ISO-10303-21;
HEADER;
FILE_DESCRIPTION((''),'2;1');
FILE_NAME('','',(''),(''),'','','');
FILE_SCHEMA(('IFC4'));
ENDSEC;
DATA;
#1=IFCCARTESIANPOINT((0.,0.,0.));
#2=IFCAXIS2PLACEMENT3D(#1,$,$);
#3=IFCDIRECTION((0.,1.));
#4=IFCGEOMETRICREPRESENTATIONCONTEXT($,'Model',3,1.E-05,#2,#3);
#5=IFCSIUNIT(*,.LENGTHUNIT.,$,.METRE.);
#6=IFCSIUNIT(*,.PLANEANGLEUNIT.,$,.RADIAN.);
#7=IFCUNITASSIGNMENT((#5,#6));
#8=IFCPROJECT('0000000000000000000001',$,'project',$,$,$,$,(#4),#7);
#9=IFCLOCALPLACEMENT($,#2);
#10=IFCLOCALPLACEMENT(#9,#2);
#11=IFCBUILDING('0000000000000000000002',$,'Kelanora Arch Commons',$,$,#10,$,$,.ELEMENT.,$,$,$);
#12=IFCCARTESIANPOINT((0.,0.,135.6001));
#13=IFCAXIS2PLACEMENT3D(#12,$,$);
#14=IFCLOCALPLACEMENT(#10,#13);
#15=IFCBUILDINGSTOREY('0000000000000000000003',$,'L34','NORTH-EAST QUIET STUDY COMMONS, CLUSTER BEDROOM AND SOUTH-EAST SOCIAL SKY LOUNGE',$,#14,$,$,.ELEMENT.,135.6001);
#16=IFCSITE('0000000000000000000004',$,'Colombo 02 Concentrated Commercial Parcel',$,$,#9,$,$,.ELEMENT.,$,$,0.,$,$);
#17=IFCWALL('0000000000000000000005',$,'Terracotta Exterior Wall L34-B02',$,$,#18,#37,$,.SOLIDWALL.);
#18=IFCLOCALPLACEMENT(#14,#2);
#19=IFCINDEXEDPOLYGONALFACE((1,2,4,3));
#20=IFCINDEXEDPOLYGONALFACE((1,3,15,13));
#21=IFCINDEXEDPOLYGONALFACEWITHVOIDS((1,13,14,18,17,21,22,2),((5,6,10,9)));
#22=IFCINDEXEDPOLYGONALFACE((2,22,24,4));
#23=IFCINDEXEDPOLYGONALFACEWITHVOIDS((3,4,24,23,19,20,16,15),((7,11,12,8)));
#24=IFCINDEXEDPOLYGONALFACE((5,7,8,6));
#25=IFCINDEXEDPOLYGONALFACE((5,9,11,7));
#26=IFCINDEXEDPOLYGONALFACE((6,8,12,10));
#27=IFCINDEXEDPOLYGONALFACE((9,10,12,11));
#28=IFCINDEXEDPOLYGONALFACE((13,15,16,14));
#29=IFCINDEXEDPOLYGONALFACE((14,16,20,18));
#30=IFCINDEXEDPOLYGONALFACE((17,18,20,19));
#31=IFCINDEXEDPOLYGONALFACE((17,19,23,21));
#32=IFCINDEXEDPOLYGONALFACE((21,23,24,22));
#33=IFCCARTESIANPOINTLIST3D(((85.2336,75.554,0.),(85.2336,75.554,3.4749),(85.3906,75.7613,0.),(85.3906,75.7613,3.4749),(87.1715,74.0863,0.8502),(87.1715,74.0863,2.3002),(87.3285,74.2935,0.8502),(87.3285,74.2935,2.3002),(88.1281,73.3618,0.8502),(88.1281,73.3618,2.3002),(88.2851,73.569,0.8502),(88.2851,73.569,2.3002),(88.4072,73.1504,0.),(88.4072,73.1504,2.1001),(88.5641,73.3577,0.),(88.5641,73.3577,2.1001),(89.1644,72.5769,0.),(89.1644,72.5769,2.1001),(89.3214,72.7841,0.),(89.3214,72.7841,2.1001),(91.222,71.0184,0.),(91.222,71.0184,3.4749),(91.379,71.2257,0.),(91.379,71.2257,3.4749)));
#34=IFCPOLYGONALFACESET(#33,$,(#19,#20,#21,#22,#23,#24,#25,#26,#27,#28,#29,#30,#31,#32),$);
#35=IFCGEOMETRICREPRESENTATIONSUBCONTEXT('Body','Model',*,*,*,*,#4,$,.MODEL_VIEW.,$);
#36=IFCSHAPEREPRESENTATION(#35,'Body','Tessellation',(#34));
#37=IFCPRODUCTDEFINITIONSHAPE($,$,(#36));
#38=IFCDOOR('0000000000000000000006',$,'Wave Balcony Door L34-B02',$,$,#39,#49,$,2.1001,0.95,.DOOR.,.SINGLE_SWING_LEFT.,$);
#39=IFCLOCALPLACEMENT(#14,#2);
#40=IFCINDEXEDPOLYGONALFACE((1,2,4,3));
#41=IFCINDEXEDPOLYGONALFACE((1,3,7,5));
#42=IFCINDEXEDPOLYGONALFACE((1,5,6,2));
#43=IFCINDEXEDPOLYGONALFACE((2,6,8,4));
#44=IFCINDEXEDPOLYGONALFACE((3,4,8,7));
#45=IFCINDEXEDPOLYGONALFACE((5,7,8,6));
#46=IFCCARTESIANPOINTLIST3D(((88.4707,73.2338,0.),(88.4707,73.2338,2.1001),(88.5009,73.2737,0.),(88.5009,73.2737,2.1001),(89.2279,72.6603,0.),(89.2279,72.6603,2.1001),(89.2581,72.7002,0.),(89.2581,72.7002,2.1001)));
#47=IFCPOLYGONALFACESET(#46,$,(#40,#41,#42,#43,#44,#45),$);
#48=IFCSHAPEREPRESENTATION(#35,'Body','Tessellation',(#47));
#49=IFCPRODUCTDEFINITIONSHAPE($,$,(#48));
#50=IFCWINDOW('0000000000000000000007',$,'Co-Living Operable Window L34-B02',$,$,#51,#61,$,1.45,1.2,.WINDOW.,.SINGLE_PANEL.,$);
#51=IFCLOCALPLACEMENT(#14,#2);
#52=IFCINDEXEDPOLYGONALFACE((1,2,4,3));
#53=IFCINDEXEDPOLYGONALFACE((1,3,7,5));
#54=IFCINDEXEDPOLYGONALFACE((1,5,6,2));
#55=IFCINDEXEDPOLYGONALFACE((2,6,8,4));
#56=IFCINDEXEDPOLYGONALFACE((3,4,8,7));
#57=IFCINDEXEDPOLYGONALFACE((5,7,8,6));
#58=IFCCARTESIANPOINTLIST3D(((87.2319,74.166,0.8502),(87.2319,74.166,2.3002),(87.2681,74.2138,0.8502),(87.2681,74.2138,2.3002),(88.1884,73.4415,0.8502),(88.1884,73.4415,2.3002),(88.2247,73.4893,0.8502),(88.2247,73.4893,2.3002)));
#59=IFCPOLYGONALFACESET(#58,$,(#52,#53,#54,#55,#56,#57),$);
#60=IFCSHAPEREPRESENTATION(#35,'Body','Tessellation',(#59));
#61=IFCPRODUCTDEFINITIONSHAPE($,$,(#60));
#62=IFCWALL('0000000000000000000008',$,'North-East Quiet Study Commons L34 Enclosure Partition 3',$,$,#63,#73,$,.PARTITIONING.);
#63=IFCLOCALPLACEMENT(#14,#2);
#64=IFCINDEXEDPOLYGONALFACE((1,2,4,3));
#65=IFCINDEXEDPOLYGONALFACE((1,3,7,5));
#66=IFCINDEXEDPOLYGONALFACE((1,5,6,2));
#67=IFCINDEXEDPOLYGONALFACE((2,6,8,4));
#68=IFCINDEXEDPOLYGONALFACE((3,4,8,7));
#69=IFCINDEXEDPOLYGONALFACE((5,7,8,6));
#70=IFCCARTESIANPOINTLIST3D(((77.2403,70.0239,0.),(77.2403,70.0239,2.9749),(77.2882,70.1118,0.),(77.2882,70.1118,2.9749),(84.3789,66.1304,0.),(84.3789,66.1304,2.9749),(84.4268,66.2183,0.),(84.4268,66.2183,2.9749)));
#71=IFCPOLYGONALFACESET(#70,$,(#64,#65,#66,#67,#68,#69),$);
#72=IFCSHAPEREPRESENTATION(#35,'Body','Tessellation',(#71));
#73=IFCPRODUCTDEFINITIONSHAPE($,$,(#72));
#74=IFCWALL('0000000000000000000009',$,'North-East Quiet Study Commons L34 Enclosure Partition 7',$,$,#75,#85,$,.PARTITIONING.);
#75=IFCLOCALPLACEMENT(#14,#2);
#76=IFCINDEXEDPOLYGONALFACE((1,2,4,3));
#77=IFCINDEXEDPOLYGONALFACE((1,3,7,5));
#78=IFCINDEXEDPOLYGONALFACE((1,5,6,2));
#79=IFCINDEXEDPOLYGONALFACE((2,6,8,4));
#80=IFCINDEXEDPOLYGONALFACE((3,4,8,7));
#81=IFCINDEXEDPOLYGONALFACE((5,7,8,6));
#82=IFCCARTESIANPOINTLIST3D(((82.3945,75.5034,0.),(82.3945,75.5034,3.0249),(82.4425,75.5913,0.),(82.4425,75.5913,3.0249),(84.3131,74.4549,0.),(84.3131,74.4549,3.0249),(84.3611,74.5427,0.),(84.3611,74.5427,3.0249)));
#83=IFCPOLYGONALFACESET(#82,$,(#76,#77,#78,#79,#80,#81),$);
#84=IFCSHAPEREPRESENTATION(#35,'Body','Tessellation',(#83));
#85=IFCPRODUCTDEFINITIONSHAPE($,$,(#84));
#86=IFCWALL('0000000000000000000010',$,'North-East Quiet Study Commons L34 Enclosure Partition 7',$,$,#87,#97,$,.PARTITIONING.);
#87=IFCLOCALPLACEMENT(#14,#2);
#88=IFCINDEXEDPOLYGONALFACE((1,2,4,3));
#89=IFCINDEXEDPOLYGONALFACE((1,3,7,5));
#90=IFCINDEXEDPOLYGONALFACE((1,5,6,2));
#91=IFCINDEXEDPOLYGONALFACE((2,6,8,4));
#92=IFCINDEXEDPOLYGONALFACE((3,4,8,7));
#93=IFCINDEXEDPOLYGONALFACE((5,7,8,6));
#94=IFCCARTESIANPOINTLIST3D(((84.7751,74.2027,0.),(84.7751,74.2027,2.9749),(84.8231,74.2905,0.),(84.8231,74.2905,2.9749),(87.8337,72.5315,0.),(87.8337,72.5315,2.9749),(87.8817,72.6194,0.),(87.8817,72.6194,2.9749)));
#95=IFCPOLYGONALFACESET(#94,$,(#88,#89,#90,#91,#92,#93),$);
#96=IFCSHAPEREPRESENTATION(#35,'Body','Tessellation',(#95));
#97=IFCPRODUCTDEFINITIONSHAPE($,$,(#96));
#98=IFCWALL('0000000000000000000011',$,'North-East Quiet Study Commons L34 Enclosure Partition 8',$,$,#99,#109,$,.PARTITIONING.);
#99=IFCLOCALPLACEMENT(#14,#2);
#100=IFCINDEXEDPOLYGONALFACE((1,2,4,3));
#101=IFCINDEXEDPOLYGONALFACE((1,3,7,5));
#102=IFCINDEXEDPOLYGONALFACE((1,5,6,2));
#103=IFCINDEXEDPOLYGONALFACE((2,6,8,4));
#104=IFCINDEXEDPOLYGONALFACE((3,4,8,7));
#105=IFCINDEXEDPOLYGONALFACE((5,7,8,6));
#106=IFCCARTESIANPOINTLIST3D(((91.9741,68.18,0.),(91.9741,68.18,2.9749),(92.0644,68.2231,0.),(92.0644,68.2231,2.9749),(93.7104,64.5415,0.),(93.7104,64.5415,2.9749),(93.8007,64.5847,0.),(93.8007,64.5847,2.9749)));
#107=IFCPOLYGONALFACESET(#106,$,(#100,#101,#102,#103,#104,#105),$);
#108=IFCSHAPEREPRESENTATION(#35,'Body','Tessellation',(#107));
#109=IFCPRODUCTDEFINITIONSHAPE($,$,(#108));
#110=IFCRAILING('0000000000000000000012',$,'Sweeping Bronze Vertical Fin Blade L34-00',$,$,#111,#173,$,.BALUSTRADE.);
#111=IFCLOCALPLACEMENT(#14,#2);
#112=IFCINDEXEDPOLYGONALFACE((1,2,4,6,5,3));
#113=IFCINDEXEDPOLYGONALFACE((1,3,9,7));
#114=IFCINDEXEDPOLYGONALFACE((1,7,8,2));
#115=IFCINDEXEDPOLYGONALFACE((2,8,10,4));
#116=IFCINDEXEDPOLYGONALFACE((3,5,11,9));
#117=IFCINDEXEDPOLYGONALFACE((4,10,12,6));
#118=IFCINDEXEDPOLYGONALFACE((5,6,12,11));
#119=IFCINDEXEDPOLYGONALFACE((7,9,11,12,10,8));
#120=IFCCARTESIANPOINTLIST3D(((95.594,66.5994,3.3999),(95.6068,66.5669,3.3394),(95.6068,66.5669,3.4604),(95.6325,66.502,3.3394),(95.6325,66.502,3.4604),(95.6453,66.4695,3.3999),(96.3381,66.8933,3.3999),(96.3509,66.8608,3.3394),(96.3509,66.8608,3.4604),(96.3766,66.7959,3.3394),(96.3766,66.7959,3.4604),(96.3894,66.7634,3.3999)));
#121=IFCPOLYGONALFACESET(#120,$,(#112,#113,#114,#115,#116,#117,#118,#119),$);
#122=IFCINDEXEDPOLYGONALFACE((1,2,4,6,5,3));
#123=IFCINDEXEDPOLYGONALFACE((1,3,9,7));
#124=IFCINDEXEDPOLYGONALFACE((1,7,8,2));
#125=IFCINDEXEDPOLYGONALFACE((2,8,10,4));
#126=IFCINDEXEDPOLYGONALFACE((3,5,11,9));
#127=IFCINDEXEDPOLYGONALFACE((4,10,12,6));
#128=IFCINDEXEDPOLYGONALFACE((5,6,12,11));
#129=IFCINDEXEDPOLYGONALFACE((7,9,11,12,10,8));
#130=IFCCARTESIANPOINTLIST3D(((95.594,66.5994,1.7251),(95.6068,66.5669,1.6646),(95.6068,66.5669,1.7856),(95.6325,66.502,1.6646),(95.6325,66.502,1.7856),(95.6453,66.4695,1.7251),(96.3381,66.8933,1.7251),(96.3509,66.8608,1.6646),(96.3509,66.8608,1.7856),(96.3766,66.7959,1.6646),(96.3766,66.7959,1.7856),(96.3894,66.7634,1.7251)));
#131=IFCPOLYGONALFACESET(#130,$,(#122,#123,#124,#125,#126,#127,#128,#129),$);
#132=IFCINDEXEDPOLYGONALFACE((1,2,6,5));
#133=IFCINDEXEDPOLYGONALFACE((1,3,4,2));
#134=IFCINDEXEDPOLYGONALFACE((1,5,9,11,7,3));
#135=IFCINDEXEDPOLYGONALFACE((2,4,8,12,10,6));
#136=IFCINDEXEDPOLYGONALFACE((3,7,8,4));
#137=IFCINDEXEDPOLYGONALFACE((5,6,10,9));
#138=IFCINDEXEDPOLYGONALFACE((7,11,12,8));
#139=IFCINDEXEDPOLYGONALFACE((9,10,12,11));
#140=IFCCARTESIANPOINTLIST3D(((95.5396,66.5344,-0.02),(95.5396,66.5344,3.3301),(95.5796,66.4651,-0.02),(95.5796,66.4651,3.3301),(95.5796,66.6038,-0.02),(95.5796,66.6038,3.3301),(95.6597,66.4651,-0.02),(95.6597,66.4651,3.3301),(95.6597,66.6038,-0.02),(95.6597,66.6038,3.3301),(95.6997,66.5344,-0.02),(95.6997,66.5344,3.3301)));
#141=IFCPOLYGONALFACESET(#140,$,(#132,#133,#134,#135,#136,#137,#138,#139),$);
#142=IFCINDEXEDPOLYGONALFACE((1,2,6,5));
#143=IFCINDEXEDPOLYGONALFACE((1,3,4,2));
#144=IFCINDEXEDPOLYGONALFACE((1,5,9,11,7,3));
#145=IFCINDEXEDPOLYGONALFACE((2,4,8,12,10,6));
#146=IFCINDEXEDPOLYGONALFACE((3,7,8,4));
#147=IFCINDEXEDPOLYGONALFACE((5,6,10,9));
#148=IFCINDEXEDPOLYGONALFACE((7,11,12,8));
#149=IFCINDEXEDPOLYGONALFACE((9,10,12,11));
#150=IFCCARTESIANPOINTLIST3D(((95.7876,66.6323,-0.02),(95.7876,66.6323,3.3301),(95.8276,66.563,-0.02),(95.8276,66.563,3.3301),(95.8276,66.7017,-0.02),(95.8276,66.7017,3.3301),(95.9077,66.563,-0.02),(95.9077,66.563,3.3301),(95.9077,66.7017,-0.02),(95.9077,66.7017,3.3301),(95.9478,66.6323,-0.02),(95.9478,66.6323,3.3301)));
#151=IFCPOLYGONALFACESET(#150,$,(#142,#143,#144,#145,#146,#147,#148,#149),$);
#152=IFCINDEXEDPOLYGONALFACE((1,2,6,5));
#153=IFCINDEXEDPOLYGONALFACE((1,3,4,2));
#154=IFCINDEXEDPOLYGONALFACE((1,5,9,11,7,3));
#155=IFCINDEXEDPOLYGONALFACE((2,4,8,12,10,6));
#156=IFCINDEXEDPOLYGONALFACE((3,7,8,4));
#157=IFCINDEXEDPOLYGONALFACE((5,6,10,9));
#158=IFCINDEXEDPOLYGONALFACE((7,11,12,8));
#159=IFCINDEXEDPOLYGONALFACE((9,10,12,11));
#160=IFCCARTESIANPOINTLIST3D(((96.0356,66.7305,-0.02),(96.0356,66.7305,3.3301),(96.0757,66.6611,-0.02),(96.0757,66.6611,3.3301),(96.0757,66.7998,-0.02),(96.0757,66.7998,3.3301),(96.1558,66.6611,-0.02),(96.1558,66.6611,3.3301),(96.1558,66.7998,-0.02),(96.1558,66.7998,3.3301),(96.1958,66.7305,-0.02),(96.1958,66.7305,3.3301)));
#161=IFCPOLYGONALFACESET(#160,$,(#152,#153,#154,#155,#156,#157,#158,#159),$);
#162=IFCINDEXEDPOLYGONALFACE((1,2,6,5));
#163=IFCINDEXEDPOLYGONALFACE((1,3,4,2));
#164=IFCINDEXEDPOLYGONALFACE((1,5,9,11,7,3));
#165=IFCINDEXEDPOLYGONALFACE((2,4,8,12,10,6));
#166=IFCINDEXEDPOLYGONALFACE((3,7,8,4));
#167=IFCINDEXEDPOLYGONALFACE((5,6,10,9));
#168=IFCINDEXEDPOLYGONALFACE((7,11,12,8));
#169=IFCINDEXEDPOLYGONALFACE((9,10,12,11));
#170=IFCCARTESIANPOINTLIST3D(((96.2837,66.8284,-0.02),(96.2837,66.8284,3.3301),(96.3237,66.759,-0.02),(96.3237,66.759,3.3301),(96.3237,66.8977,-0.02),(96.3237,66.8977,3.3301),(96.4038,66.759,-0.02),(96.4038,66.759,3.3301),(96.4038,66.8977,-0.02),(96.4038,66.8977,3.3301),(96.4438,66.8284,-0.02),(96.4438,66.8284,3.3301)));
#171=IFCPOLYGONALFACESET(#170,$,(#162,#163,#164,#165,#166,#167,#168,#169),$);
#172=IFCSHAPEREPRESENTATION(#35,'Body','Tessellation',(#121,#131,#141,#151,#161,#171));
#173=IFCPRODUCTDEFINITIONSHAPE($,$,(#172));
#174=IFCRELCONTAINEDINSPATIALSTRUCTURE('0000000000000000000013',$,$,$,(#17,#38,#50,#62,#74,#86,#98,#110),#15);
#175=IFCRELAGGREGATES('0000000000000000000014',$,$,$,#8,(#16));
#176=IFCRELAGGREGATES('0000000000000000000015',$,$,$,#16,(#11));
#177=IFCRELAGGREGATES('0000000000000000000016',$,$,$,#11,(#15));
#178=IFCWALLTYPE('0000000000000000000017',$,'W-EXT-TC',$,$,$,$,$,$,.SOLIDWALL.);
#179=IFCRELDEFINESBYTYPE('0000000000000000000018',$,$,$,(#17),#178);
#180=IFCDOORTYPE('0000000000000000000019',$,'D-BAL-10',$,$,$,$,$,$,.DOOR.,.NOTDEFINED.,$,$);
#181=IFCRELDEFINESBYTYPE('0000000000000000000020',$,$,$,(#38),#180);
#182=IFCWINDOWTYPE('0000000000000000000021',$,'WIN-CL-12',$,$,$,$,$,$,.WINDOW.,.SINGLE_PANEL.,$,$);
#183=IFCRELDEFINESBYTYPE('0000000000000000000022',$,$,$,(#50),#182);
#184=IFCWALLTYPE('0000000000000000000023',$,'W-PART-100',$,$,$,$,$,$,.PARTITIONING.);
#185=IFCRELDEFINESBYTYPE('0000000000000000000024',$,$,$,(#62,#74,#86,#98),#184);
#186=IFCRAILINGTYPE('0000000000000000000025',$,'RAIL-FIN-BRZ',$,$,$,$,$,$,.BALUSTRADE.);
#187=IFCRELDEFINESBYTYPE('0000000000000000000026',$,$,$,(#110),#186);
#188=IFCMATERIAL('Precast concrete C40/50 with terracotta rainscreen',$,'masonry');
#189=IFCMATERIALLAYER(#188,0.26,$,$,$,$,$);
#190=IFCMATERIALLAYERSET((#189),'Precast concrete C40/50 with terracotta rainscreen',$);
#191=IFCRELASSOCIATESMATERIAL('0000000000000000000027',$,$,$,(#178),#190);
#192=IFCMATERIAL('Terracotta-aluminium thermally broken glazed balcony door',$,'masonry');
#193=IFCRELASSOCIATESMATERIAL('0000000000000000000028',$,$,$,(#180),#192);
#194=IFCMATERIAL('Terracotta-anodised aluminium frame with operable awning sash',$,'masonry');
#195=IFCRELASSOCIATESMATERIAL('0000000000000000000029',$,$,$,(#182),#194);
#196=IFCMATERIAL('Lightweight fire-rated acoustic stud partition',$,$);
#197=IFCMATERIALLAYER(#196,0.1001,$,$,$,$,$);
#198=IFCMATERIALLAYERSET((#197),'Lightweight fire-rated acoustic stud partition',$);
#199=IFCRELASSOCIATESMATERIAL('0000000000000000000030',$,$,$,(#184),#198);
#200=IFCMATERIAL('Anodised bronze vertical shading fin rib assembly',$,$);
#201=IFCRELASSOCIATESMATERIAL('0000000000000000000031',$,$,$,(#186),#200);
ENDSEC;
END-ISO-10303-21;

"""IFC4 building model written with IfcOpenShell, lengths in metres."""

from ifc_helpers import new_model, si_unit, direction, frame, frame_2d, origin, place, context, subcontext, project, spatial, polyline, rectangle, outline, extrude, material, layer, layer_set, type_object, element, fill, save


model = new_model("IFC4")

# Units and contexts
model_context = context("Model", 3, precision=1e-05, world=origin(), true_north=direction((0.0, 1.0)))
body_context = subcontext(model_context, "Body", "Model", "MODEL_VIEW")
ifc_project = project(units=[si_unit("LENGTHUNIT", "METRE"), si_unit("PLANEANGLEUNIT", "RADIAN")], contexts=[model_context])

# Site, building, storey
site_placement = place(None, origin())
site = spatial("IfcSite", under=ifc_project, at=site_placement, Name="Colombo 02 Concentrated Commercial Parcel", CompositionType="ELEMENT", RefElevation=0.0)
building_placement = place(site_placement, origin())
building = spatial("IfcBuilding", under=site, at=building_placement, Name="Kelanora Arch Commons", CompositionType="ELEMENT")
storey_placement = place(building_placement, frame((0.0, 0.0, 135.6001)))
storey = spatial("IfcBuildingStorey", under=building, at=storey_placement, Name="L34", Description="NORTH-EAST QUIET STUDY COMMONS, CLUSTER BEDROOM AND SOUTH-EAST SOCIAL SKY LOUNGE", CompositionType="ELEMENT", Elevation=135.6001)

# Wall, openings, door, window
ifc_material_1 = material(Name="Precast concrete C40/50 with terracotta rainscreen", Category="masonry")
ifc_layer_1 = layer(ifc_material_1, 0.26)
ifc_layer_set_1 = layer_set([ifc_layer_1], Name="Precast concrete C40/50 with terracotta rainscreen")
wall_type_1 = type_object("IfcWallType", Name="W-EXT-TC", PredefinedType="SOLIDWALL", material=ifc_layer_set_1)
wall_1_placement = place(storey_placement, frame((91.3005, 71.1221, 0.0), z_axis=(0.0, 0.0, 1.0), x_axis=(-0.797164, 0.603763, 0.0)))
wall_1 = element("IfcWall", 1, at=wall_1_placement, inside=storey, type_object=wall_type_1, Name="Terracotta Exterior Wall L34-B02", PredefinedType="SOLIDWALL", context=body_context, shape_type="SweptSolid", body=[
    extrude(rectangle(XDim=7.5122, YDim=0.26, at=frame_2d((3.7561, 0.0))), origin(), (0.0, 0.0, 1.0), 3.4749),
])
opening_1_placement = place(wall_1_placement, frame((2.5811, 0.0, 0.0)))
opening_1 = element("IfcOpeningElement", 2, at=opening_1_placement, cuts=wall_1, PredefinedType="OPENING", context=body_context, shape_type="SweptSolid", body=[
    extrude(rectangle(XDim=0.95, YDim=2.1001, at=frame_2d((0.4751, 1.05))), frame((0.0, 0.1401, 0.0), z_axis=(0.0, -1.0, 0.0), x_axis=(1.0, 0.0, 0.0)), (0.0, 0.0, 1.0), 0.28),
])
opening_2_placement = place(wall_1_placement, frame((3.8811, 0.0, 0.8501)))
opening_2 = element("IfcOpeningElement", 3, at=opening_2_placement, cuts=wall_1, PredefinedType="OPENING", context=body_context, shape_type="SweptSolid", body=[
    extrude(rectangle(XDim=1.2, YDim=1.45, at=frame_2d((0.6001, 0.7251))), frame((0.0, 0.1401, 0.0), z_axis=(0.0, -1.0, 0.0), x_axis=(1.0, 0.0, 0.0)), (0.0, 0.0, 1.0), 0.28),
])
ifc_material_2 = material(Name="Terracotta-aluminium thermally broken glazed balcony door", Category="masonry")
door_type = type_object("IfcDoorType", Name="D-BAL-10", OperationType="NOTDEFINED", PredefinedType="DOOR", material=ifc_material_2)
door_placement = place(opening_1_placement, frame((0.95, 0.0, 0.0), z_axis=(0.0, 0.0, 1.0), x_axis=(-1.0, 0.0, 0.0)))
door = element("IfcDoor", 4, at=door_placement, inside=storey, type_object=door_type, Name="Wave Balcony Door L34-B02", OperationType="SINGLE_SWING_LEFT", OverallHeight=2.1001, OverallWidth=0.95, PredefinedType="DOOR", context=body_context, shape_type="SweptSolid", body=[
    extrude(rectangle(XDim=0.95, YDim=2.1001, at=frame_2d((0.4751, 1.05))), frame((0.0, 0.0249, 0.0), z_axis=(0.0, -1.0, 0.0), x_axis=(1.0, 0.0, 0.0)), (0.0, 0.0, 1.0), 0.05),
])
fill(opening_1, door)
ifc_material_3 = material(Name="Terracotta-anodised aluminium frame with operable awning sash", Category="masonry")
window_type = type_object("IfcWindowType", Name="WIN-CL-12", PartitioningType="SINGLE_PANEL", PredefinedType="WINDOW", material=ifc_material_3)
window_placement = place(opening_2_placement, origin())
window = element("IfcWindow", 5, at=window_placement, inside=storey, type_object=window_type, Name="Co-Living Operable Window L34-B02", OverallHeight=1.45, OverallWidth=1.2, PartitioningType="SINGLE_PANEL", PredefinedType="WINDOW", context=body_context, shape_type="SweptSolid", body=[
    extrude(rectangle(XDim=1.2, YDim=1.45, at=frame_2d((0.6001, 0.7251))), frame((0.0, 0.03, 0.0), z_axis=(0.0, -1.0, 0.0), x_axis=(1.0, 0.0, 0.0)), (0.0, 0.0, 1.0), 0.0601),
])
fill(opening_2, window)

# Walls
ifc_material_4 = material(Name="Lightweight fire-rated acoustic stud partition")
ifc_layer_2 = layer(ifc_material_4, 0.1001)
ifc_layer_set_2 = layer_set([ifc_layer_2], Name="Lightweight fire-rated acoustic stud partition")
wall_type_2 = type_object("IfcWallType", Name="W-PART-100", PredefinedType="PARTITIONING", material=ifc_layer_set_2)
wall_2_placement = place(storey_placement, frame((84.4028, 66.1743, 0.0), z_axis=(0.0, 0.0, 1.0), x_axis=(-0.877909, 0.478827, 0.0)))
element("IfcWall", 6, at=wall_2_placement, inside=storey, type_object=wall_type_2, Name="North-East Quiet Study Commons L34 Enclosure Partition 3", PredefinedType="PARTITIONING", context=body_context, shape_type="SweptSolid", body=[
    extrude(rectangle(XDim=8.1313, YDim=0.1001, at=frame_2d((4.0657, 0.0))), origin(), (0.0, 0.0, 1.0), 2.9749),
])
wall_3_placement = place(storey_placement, frame((82.4185, 75.5474, 0.0), z_axis=(0.0, 0.0, 1.0), x_axis=(0.877507, -0.479564, 0.0)))
element("IfcWall", 7, at=wall_3_placement, inside=storey, type_object=wall_type_2, Name="North-East Quiet Study Commons L34 Enclosure Partition 7", PredefinedType="PARTITIONING", context=body_context, shape_type="SweptSolid", body=[
    extrude(rectangle(XDim=2.1865, YDim=0.1001, at=frame_2d((1.0933, 0.0))), origin(), (0.0, 0.0, 1.0), 3.0249),
])
wall_4_placement = place(storey_placement, frame((84.7991, 74.2466, 0.0), z_axis=(0.0, 0.0, 1.0), x_axis=(0.877555, -0.479475, 0.0)))
element("IfcWall", 8, at=wall_4_placement, inside=storey, type_object=wall_type_2, Name="North-East Quiet Study Commons L34 Enclosure Partition 7", PredefinedType="PARTITIONING", context=body_context, shape_type="SweptSolid", body=[
    extrude(rectangle(XDim=3.4854, YDim=0.1001, at=frame_2d((1.7427, 0.0))), origin(), (0.0, 0.0, 1.0), 2.9749),
])
wall_5_placement = place(storey_placement, frame((92.0193, 68.2014, 0.0), z_axis=(0.0, 0.0, 1.0), x_axis=(0.43069, -0.9025, 0.0)))
element("IfcWall", 9, at=wall_5_placement, inside=storey, type_object=wall_type_2, Name="North-East Quiet Study Commons L34 Enclosure Partition 8", PredefinedType="PARTITIONING", context=body_context, shape_type="SweptSolid", body=[
    extrude(rectangle(XDim=4.0315, YDim=0.1001, at=frame_2d((2.0156, 0.0))), origin(), (0.0, 0.0, 1.0), 2.9749),
])

# Railing
ifc_material_5 = material(Name="Anodised bronze vertical shading fin rib assembly")
railing_type = type_object("IfcRailingType", Name="RAIL-FIN-BRZ", PredefinedType="BALUSTRADE", material=ifc_material_5)
railing_1_placement = place(storey_placement, frame((95.6196, 66.5344, -0.02)))
element("IfcRailing", 10, at=railing_1_placement, inside=storey, type_object=railing_type, Name="Sweeping Bronze Vertical Fin Blade L34-00", PredefinedType="BALUSTRADE", context=body_context, shape_type="SweptSolid", body=[
    extrude(outline(polyline([(0.0698, 0.0), (0.0349, 0.0605), (-0.0349, 0.0605), (-0.0698, 0.0), (-0.0349, -0.0605), (0.0349, -0.0605), (0.0698, 0.0)])), frame((0.0, 0.0, 3.4199), z_axis=(0.930067, 0.367389, 0.0), x_axis=(-0.367389, 0.930067, 0.0)), (0.0, 0.0, 1.0), 0.8),
    extrude(outline(polyline([(0.0698, 0.0), (0.0349, 0.0605), (-0.0349, 0.0605), (-0.0698, 0.0), (-0.0349, -0.0605), (0.0349, -0.0605), (0.0698, 0.0)])), frame((0.0, 0.0, 1.7451), z_axis=(0.930067, 0.367389, 0.0), x_axis=(-0.367389, 0.930067, 0.0)), (0.0, 0.0, 1.0), 0.8),
    extrude(outline(polyline([(0.0801, 0.0), (0.04, 0.0693), (-0.04, 0.0693), (-0.0801, 0.0), (-0.04, -0.0693), (0.04, -0.0693), (0.0801, 0.0)])), origin(), (0.0, 0.0, 1.0), 3.3501),
    extrude(outline(polyline([(0.0801, 0.0), (0.04, 0.0693), (-0.04, 0.0693), (-0.0801, 0.0), (-0.04, -0.0693), (0.04, -0.0693), (0.0801, 0.0)])), frame((0.248, 0.0979, 0.0)), (0.0, 0.0, 1.0), 3.3501),
    extrude(outline(polyline([(0.0801, 0.0), (0.04, 0.0693), (-0.04, 0.0693), (-0.0801, 0.0), (-0.04, -0.0693), (0.04, -0.0693), (0.0801, 0.0)])), frame((0.4961, 0.196, 0.0)), (0.0, 0.0, 1.0), 3.3501),
    extrude(outline(polyline([(0.0801, 0.0), (0.04, 0.0693), (-0.04, 0.0693), (-0.0801, 0.0), (-0.04, -0.0693), (0.04, -0.0693), (0.0801, 0.0)])), frame((0.7441, 0.2939, 0.0)), (0.0, 0.0, 1.0), 3.3501),
])

save(model, "model.ifc")
